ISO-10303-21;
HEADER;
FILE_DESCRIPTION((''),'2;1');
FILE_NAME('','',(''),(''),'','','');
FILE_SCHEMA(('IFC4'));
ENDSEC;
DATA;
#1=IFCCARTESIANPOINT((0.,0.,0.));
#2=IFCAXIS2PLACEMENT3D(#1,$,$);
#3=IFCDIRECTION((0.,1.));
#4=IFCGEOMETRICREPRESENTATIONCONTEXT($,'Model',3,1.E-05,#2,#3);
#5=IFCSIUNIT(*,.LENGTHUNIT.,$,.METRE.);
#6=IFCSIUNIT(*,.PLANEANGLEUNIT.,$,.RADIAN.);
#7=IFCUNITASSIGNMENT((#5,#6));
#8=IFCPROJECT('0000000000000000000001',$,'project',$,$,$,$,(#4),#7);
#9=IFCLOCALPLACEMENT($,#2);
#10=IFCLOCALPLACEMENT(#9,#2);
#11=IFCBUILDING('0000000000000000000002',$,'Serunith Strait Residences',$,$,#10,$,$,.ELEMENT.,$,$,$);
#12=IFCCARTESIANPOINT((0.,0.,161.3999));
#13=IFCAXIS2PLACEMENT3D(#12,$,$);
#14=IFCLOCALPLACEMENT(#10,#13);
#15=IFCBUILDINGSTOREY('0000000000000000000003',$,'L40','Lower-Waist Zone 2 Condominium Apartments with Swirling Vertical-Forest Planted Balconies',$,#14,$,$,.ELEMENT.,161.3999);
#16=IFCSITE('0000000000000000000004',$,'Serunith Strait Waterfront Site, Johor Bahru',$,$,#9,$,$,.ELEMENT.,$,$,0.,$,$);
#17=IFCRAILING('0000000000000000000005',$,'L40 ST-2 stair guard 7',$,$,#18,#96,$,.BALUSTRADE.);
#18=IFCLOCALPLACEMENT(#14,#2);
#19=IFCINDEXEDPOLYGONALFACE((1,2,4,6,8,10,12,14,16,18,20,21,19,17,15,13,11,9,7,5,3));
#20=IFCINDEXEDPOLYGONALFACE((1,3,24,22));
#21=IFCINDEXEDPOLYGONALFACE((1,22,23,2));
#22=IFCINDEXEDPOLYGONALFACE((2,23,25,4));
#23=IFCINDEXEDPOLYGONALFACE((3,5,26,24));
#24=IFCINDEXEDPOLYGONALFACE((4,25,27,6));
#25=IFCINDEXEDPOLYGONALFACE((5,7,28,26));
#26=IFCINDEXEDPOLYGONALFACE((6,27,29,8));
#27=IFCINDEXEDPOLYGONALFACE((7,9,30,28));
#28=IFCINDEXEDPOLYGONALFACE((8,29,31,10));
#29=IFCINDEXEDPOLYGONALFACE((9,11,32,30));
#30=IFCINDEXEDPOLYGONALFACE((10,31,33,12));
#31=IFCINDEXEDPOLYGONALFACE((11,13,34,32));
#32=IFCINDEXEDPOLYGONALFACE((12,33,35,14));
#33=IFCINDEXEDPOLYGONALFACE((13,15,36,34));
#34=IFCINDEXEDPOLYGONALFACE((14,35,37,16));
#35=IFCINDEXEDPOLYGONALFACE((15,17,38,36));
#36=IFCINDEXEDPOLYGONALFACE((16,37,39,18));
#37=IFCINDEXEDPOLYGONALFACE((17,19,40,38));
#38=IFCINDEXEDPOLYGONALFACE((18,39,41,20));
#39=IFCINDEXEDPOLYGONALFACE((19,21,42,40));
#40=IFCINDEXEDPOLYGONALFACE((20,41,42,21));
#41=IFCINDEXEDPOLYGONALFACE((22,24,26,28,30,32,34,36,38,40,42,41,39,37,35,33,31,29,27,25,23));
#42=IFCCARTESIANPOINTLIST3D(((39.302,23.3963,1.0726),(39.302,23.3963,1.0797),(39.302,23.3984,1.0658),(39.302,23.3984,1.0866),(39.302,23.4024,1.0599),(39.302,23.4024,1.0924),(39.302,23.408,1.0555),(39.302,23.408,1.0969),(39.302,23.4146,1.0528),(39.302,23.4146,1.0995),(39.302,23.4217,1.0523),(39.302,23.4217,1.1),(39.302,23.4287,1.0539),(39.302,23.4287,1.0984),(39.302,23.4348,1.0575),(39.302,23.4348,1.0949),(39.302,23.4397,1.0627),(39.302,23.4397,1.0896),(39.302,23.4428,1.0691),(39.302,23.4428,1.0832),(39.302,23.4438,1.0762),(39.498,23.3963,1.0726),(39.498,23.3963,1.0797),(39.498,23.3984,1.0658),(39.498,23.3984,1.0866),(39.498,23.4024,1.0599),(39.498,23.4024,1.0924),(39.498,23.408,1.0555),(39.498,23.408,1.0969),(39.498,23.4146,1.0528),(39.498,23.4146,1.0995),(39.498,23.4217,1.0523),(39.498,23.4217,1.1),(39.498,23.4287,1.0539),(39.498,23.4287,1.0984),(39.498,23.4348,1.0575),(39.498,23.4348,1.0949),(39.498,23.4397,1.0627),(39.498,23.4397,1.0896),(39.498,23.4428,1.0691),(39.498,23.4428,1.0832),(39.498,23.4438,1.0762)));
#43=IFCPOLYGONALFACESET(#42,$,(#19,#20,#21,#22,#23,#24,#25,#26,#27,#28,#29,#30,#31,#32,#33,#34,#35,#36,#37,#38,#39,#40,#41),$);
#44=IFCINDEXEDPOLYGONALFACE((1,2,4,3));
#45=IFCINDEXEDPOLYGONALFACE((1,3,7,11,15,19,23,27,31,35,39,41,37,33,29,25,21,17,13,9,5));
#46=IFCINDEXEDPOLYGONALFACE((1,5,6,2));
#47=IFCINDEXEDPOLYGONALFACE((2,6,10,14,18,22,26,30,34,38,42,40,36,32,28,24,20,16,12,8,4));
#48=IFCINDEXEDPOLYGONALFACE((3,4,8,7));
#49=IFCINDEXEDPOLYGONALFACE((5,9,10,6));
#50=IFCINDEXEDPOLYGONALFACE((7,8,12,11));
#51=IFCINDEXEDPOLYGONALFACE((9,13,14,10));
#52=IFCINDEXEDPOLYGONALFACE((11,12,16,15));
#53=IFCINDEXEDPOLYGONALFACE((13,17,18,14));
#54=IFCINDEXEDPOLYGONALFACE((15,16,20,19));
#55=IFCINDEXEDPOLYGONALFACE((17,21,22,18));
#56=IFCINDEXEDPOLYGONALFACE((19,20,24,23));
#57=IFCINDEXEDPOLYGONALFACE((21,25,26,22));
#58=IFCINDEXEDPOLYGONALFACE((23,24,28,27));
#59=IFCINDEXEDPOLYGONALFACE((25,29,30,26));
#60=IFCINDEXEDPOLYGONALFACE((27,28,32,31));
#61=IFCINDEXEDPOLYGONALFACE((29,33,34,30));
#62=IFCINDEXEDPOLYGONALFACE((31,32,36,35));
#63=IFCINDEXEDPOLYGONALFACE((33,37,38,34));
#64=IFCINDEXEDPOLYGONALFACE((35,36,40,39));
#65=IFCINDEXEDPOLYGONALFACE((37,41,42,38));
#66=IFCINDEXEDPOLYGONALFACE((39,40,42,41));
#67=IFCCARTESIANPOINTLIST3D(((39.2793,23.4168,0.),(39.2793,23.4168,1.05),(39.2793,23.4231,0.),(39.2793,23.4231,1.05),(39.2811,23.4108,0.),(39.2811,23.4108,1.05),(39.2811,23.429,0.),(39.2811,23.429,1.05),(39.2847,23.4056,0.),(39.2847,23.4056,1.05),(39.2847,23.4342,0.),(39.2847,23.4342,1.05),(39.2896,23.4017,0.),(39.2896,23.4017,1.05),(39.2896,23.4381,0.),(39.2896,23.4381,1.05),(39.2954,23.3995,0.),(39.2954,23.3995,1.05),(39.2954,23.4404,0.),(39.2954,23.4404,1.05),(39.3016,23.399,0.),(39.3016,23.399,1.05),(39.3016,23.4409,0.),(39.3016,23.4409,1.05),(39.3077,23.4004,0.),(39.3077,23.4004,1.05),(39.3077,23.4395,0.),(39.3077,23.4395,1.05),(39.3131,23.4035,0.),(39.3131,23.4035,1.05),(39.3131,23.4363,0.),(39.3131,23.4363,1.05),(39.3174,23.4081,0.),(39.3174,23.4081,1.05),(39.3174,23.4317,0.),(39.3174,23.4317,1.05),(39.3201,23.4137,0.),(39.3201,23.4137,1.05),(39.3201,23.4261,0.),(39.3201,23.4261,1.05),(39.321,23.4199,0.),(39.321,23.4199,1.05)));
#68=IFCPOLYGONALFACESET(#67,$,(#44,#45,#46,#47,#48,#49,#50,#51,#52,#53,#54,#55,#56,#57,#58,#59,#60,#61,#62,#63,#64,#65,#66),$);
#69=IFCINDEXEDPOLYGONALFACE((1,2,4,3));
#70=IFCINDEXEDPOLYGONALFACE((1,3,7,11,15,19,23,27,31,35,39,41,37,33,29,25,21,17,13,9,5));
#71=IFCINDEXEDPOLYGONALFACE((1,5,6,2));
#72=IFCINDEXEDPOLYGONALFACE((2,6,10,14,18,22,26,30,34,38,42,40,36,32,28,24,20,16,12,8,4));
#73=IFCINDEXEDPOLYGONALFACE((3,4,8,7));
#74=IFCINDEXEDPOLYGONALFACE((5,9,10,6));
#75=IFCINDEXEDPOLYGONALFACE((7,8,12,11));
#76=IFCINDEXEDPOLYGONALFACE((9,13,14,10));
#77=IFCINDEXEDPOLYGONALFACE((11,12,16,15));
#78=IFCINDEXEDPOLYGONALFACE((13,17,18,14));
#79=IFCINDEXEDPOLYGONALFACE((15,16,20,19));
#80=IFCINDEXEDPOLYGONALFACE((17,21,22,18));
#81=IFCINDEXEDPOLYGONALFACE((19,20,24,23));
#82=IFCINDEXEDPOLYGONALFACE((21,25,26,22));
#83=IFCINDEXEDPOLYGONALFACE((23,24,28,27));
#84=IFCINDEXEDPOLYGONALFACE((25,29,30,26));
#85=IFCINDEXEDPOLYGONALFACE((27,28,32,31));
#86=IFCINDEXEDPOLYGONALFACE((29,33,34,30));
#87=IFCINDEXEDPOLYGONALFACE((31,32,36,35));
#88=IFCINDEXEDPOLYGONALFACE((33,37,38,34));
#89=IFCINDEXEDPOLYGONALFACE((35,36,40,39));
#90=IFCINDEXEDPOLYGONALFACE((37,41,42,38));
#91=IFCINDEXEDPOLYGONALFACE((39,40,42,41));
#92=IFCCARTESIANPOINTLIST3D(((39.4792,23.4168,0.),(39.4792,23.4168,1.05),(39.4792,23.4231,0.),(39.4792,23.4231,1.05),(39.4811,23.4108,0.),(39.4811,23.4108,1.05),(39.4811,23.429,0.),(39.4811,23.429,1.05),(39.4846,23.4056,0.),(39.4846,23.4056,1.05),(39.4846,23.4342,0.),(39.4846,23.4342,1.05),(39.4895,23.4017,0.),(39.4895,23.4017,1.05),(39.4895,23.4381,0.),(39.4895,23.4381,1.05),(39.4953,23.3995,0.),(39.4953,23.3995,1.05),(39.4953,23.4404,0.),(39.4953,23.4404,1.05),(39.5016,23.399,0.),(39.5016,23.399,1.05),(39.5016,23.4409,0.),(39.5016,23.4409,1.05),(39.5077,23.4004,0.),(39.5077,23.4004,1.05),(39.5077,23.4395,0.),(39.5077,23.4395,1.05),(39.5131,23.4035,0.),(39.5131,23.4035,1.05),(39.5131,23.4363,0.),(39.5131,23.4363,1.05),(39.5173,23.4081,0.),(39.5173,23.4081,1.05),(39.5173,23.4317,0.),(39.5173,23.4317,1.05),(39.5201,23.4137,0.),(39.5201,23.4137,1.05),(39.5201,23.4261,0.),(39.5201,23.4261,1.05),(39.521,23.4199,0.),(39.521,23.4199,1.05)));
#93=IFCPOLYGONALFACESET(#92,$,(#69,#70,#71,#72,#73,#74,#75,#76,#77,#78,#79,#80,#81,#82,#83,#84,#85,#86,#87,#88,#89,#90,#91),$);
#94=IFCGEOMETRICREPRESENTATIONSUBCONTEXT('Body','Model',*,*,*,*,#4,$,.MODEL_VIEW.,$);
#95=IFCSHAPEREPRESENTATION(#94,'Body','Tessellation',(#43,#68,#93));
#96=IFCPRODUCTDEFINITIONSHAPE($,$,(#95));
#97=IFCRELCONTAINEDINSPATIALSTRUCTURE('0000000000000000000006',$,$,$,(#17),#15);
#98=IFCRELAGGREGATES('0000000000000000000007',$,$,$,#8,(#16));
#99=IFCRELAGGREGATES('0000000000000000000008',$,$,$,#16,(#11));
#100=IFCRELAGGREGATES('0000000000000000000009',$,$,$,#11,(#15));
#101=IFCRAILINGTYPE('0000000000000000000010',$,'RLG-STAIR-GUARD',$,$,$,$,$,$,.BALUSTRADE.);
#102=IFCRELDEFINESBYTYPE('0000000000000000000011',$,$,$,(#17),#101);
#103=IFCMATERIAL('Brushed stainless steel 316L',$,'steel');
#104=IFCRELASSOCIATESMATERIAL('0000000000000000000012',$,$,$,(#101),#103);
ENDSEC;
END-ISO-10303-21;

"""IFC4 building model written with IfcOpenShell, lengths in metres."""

from ifc_helpers import new_model, si_unit, direction, frame, origin, origin_2d, place, context, subcontext, project, spatial, circle, extrude, material, type_object, element, save


model = new_model("IFC4")

# Units and contexts
model_context = context("Model", 3, precision=1e-05, world=origin(), true_north=direction((0.0, 1.0)))
body_context = subcontext(model_context, "Body", "Model", "MODEL_VIEW")
ifc_project = project(units=[si_unit("LENGTHUNIT", "METRE"), si_unit("PLANEANGLEUNIT", "RADIAN")], contexts=[model_context])

# Site, building, storey
site_placement = place(None, origin())
site = spatial("IfcSite", under=ifc_project, at=site_placement, Name="Serunith Strait Waterfront Site, Johor Bahru", CompositionType="ELEMENT", RefElevation=0.0)
building_placement = place(site_placement, origin())
building = spatial("IfcBuilding", under=site, at=building_placement, Name="Serunith Strait Residences", CompositionType="ELEMENT")
storey_placement = place(building_placement, frame((0.0, 0.0, 161.3999)))
storey = spatial("IfcBuildingStorey", under=building, at=storey_placement, Name="L40", Description="Lower-Waist Zone 2 Condominium Apartments with Swirling Vertical-Forest Planted Balconies", CompositionType="ELEMENT", Elevation=161.3999)

# Railing
ifc_material_1 = material(Name="Brushed stainless steel 316L", Category="steel")
railing_type_1 = type_object("IfcRailingType", Name="RLG-STAIR-GUARD", PredefinedType="BALUSTRADE", material=ifc_material_1)
railing_1_placement = place(storey_placement, frame((39.3, 23.4199, 0.0)))
element("IfcRailing", 1, at=railing_1_placement, inside=storey, type_object=railing_type_1, Name="L40 ST-2 stair guard 7", PredefinedType="BALUSTRADE", context=body_context, shape_type="SweptSolid", body=[
    extrude(circle(Radius=0.0239, at=origin_2d()), frame((0.002, 0.0, 1.0762), z_axis=(1.0, 0.0, 0.0), x_axis=(0.0, 1.0, 0.0)), (0.0, 0.0, 1.0), 0.196),
    extrude(circle(Radius=0.021, at=origin_2d()), origin(), (0.0, 0.0, 1.0), 1.05),
    extrude(circle(Radius=0.021, at=origin_2d()), frame((0.2, 0.0, 0.0)), (0.0, 0.0, 1.0), 1.05),
])

save(model, "model.ifc")
